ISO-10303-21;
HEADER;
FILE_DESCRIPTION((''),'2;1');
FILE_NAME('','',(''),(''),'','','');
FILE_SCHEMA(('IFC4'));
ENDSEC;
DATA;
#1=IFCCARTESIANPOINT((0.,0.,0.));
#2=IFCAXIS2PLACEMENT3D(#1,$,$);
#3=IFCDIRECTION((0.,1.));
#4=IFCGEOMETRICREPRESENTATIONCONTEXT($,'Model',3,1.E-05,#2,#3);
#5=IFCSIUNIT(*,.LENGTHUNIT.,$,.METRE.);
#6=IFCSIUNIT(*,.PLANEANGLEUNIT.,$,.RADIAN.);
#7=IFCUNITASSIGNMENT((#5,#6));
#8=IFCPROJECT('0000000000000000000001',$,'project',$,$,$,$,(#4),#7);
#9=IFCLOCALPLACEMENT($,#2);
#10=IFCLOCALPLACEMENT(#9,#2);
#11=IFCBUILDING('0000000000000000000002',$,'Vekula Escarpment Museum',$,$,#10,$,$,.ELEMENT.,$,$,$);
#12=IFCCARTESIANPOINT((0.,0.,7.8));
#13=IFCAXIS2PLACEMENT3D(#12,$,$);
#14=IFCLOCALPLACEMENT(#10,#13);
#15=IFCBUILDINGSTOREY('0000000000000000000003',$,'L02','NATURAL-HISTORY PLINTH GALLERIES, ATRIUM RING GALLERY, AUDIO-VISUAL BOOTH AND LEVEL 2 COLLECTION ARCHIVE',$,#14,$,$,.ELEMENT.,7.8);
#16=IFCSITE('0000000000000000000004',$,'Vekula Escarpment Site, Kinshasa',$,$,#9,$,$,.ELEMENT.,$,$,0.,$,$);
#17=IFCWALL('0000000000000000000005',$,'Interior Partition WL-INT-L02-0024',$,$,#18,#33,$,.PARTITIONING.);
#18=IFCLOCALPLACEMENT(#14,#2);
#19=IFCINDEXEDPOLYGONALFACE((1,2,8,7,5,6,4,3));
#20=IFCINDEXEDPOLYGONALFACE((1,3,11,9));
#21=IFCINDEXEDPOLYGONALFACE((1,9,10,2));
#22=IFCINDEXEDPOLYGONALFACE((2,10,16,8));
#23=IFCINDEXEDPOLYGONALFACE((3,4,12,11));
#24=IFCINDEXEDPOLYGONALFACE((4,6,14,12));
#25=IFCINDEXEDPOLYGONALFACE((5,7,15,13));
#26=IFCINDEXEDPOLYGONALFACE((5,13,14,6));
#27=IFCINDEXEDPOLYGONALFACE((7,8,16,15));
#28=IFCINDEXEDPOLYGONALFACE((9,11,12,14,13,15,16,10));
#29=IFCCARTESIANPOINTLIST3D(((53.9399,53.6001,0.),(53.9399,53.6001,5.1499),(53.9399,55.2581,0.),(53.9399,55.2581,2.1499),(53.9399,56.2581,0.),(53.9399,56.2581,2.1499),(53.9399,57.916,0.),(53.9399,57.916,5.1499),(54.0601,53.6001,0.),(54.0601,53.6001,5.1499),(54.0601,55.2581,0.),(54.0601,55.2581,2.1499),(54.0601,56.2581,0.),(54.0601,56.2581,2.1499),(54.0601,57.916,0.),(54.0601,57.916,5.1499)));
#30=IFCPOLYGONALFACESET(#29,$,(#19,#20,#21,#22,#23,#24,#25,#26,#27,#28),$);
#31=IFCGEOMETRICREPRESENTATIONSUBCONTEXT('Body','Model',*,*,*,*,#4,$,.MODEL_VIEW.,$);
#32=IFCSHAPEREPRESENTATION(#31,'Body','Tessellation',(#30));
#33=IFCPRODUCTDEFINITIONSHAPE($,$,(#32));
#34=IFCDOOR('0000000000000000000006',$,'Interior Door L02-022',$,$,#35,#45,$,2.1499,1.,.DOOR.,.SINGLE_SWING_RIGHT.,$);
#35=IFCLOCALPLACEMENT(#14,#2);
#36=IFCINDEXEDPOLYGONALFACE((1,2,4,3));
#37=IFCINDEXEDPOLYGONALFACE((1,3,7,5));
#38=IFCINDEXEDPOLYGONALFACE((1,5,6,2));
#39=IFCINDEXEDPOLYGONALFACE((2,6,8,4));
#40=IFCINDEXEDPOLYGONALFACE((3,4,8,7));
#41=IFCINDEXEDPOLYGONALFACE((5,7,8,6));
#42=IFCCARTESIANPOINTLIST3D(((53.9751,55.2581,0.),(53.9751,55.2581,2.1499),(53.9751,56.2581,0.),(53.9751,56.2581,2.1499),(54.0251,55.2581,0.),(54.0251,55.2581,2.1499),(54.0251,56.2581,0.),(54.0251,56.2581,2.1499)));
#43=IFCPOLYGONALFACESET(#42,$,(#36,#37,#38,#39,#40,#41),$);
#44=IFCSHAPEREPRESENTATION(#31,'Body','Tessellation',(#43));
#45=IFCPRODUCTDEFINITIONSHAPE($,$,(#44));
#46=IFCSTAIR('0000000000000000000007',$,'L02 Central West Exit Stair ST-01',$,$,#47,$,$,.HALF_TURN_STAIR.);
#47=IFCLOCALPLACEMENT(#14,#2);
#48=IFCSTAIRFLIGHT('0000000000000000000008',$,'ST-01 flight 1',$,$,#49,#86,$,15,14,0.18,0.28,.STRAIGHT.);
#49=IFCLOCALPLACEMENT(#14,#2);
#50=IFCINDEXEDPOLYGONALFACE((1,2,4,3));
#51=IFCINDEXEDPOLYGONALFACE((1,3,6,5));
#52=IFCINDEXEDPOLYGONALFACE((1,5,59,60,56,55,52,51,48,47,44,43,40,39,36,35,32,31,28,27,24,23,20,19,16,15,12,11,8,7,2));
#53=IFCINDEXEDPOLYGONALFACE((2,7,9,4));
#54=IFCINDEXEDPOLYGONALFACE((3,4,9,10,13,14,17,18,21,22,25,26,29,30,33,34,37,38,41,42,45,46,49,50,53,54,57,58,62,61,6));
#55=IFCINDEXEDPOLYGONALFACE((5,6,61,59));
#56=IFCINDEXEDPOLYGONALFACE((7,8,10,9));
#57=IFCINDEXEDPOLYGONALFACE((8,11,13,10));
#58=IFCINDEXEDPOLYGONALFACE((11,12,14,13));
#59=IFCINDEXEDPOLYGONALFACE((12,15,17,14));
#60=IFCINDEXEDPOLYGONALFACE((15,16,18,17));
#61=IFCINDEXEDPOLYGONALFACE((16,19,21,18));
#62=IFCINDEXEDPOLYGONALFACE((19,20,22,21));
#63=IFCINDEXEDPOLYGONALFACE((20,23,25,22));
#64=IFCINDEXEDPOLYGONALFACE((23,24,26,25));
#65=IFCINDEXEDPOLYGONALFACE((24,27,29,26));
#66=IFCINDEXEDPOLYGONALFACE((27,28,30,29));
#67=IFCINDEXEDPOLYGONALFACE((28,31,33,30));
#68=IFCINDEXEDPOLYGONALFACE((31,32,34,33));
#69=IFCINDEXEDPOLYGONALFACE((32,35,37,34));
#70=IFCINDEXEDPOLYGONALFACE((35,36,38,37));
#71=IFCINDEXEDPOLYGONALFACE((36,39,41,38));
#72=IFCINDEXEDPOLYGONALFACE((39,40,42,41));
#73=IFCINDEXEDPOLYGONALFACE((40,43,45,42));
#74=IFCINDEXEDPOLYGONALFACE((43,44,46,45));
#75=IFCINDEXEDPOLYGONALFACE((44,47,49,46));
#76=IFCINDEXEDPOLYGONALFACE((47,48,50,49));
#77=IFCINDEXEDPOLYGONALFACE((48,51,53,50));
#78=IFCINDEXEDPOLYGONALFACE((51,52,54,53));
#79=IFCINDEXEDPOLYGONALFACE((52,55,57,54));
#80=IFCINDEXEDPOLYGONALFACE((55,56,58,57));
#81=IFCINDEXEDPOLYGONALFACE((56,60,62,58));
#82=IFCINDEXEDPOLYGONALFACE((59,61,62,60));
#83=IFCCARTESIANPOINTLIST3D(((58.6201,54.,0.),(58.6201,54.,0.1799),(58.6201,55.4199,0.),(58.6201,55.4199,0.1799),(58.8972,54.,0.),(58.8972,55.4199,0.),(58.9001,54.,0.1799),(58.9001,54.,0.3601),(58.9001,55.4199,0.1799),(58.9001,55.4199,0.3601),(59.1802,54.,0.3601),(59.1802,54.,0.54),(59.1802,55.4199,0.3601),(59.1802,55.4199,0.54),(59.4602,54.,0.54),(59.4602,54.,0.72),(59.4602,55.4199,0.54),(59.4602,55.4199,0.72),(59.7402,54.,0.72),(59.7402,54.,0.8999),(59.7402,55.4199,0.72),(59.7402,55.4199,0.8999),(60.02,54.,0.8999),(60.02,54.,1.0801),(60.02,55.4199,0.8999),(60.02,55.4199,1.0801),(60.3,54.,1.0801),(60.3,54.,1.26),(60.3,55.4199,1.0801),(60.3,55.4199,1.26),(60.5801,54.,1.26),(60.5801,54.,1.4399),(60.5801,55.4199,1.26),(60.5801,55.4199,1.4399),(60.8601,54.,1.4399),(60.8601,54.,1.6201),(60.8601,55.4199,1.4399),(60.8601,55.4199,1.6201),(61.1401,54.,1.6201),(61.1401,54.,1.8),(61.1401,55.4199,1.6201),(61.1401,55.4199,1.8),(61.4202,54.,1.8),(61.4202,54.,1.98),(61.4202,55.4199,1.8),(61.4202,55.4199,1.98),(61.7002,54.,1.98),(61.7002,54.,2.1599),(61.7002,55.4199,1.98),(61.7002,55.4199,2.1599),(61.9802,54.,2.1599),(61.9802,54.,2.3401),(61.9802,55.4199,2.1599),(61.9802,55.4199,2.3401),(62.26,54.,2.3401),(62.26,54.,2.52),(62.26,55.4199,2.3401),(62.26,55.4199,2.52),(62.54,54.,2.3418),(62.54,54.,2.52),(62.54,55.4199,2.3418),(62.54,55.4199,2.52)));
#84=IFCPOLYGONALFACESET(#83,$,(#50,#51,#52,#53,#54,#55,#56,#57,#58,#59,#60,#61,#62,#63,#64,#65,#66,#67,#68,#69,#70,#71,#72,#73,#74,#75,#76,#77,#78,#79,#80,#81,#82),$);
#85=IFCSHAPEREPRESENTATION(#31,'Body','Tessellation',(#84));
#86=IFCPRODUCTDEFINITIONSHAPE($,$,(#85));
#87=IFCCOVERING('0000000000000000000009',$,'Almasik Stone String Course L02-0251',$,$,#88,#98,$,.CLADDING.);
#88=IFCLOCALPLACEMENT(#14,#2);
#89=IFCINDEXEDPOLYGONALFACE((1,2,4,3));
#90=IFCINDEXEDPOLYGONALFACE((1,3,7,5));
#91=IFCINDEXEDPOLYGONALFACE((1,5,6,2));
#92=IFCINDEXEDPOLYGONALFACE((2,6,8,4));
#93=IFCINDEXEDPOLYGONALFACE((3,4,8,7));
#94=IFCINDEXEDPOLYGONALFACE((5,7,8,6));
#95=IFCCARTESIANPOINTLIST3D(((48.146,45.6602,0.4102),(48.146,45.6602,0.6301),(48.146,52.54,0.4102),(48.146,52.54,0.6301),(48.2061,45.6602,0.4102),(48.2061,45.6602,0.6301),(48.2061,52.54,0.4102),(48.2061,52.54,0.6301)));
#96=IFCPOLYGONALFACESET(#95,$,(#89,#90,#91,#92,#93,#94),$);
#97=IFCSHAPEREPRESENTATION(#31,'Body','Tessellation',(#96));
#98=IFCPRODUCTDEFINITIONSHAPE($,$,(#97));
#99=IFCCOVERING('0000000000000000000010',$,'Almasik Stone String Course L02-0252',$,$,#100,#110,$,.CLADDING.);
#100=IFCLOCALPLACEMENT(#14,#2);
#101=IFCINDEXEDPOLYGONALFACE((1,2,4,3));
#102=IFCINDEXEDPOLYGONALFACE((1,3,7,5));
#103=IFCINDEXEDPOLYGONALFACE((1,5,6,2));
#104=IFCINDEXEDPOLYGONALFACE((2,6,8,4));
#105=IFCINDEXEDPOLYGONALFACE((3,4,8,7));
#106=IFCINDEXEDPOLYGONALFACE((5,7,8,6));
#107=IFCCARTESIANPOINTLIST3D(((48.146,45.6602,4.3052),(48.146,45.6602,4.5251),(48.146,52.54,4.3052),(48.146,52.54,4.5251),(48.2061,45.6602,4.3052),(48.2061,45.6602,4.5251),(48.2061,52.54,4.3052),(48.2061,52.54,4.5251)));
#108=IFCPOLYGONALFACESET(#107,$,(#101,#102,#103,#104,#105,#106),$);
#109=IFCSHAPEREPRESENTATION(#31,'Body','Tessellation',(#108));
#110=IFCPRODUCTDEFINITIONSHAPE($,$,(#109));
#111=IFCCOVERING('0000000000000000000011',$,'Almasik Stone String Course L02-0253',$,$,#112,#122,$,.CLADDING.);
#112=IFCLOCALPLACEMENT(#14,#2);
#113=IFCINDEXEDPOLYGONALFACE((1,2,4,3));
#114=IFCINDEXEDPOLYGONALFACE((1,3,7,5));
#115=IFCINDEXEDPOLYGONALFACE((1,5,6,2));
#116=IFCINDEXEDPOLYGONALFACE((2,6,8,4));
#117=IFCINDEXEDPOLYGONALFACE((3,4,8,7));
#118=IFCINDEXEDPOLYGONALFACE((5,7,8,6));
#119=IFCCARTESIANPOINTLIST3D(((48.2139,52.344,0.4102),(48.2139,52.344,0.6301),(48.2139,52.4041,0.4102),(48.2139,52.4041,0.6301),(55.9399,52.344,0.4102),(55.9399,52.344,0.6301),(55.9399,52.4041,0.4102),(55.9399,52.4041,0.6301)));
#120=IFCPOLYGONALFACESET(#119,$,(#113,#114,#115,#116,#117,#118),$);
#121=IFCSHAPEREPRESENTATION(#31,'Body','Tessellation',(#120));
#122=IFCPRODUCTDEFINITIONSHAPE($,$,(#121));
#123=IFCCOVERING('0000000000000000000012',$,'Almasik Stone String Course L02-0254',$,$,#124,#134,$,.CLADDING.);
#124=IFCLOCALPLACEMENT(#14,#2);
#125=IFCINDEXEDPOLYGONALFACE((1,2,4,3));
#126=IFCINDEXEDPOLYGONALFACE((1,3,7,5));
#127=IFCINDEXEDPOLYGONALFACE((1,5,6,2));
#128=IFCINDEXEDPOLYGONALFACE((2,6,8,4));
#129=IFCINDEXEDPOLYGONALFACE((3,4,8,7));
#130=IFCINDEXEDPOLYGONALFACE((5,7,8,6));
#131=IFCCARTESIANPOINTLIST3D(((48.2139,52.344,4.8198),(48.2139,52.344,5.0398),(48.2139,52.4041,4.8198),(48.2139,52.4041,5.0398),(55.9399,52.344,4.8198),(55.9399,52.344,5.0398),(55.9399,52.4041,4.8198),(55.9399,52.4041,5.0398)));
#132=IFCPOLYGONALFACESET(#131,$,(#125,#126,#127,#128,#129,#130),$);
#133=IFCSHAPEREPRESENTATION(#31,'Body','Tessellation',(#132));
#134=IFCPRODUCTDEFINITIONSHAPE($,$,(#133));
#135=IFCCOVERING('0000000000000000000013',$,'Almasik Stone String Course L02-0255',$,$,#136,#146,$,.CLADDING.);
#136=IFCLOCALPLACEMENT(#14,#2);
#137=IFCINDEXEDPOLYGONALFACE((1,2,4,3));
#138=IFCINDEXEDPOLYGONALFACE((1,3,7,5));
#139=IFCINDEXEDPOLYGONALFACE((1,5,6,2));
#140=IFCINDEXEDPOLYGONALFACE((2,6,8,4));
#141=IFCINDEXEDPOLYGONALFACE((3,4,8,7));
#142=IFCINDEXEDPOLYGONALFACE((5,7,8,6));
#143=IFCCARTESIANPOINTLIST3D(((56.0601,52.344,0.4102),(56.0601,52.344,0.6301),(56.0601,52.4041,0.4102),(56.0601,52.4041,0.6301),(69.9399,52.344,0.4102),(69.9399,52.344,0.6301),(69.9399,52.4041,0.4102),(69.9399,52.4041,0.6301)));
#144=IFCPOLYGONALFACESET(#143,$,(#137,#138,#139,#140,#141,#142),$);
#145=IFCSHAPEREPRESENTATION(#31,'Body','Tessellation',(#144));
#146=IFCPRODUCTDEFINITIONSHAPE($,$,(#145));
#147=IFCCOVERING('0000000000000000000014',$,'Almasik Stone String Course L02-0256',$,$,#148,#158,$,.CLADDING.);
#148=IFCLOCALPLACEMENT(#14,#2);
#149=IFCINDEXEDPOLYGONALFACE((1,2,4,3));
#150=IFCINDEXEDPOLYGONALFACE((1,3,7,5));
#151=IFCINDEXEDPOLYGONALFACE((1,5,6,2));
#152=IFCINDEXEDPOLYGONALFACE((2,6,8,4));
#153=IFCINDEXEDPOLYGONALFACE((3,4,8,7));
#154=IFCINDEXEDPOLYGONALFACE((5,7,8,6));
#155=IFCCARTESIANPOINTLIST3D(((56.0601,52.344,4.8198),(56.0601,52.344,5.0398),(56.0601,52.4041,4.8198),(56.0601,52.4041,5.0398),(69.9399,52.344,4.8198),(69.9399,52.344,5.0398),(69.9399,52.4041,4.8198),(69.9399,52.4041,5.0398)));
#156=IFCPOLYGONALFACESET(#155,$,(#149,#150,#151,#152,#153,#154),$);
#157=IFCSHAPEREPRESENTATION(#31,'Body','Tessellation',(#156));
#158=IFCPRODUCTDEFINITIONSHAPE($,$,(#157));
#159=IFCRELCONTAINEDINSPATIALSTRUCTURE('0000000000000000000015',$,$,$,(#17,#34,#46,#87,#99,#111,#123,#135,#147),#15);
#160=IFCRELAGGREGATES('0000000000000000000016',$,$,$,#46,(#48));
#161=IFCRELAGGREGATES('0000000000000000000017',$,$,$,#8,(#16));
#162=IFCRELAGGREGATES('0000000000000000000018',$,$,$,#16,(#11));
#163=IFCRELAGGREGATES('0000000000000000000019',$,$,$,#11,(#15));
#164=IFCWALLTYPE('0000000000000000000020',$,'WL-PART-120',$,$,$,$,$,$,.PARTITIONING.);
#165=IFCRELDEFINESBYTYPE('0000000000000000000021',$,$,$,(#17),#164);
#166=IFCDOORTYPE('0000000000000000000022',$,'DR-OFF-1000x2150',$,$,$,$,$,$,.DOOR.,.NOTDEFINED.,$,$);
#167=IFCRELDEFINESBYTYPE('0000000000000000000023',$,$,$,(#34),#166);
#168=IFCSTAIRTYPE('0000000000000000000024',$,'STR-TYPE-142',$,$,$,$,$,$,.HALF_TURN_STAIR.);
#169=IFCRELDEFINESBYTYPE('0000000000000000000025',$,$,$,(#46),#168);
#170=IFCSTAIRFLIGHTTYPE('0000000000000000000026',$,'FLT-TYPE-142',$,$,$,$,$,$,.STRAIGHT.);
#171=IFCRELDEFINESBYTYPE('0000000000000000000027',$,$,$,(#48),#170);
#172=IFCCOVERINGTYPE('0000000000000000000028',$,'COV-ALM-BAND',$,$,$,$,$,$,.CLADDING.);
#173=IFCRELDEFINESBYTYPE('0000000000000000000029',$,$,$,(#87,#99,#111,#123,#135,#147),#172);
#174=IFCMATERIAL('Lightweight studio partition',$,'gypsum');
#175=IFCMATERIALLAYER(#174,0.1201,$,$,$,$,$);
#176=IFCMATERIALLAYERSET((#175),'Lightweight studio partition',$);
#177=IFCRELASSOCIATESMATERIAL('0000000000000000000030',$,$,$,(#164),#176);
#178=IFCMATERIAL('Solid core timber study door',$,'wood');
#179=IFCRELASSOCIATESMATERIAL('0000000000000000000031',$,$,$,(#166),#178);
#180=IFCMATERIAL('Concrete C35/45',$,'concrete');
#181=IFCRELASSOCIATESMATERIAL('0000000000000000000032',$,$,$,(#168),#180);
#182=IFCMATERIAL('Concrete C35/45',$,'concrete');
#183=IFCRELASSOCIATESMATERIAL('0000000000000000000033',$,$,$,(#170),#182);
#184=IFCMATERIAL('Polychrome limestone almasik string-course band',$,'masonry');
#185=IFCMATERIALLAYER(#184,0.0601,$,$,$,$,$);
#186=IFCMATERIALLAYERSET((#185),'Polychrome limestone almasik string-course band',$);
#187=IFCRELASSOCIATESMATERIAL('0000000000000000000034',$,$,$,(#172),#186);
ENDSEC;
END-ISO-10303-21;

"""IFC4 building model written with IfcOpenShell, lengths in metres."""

from ifc_helpers import new_model, si_unit, direction, frame, frame_2d, origin, origin_2d, place, context, subcontext, project, spatial, polyline, rectangle, outline, extrude, material, layer, layer_set, type_object, element, fill, aggregate, save


model = new_model("IFC4")

# Units and contexts
model_context = context("Model", 3, precision=1e-05, world=origin(), true_north=direction((0.0, 1.0)))
body_context = subcontext(model_context, "Body", "Model", "MODEL_VIEW")
ifc_project = project(units=[si_unit("LENGTHUNIT", "METRE"), si_unit("PLANEANGLEUNIT", "RADIAN")], contexts=[model_context])

# Site, building, storey
site_placement = place(None, origin())
site = spatial("IfcSite", under=ifc_project, at=site_placement, Name="Vekula Escarpment Site, Kinshasa", CompositionType="ELEMENT", RefElevation=0.0)
building_placement = place(site_placement, origin())
building = spatial("IfcBuilding", under=site, at=building_placement, Name="Vekula Escarpment Museum", CompositionType="ELEMENT")
storey_placement = place(building_placement, frame((0.0, 0.0, 7.8)))
storey = spatial("IfcBuildingStorey", under=building, at=storey_placement, Name="L02", Description="NATURAL-HISTORY PLINTH GALLERIES, ATRIUM RING GALLERY, AUDIO-VISUAL BOOTH AND LEVEL 2 COLLECTION ARCHIVE", CompositionType="ELEMENT", Elevation=7.8)

# Wall, opening, door
ifc_material_1 = material(Name="Lightweight studio partition", Category="gypsum")
ifc_layer_1 = layer(ifc_material_1, 0.1201)
ifc_layer_set_1 = layer_set([ifc_layer_1], Name="Lightweight studio partition")
wall_type_1 = type_object("IfcWallType", Name="WL-PART-120", PredefinedType="PARTITIONING", material=ifc_layer_set_1)
wall_1_placement = place(storey_placement, frame((54.0, 53.6001, 0.0), z_axis=(0.0, 0.0, 1.0), x_axis=(0.0, 1.0, 0.0)))
wall_1 = element("IfcWall", 1, at=wall_1_placement, inside=storey, type_object=wall_type_1, Name="Interior Partition WL-INT-L02-0024", PredefinedType="PARTITIONING", context=body_context, shape_type="SweptSolid", body=[
    extrude(rectangle(XDim=4.3159, YDim=0.1201, at=frame_2d((2.158, 0.0))), origin(), (0.0, 0.0, 1.0), 5.1499),
])
opening_1_placement = place(wall_1_placement, frame((1.658, 0.0, 0.0)))
opening_1 = element("IfcOpeningElement", 2, at=opening_1_placement, cuts=wall_1, PredefinedType="OPENING", context=body_context, shape_type="SweptSolid", body=[
    extrude(rectangle(XDim=1.0, YDim=2.1499, at=frame_2d((0.5, 1.075))), frame((0.0, 0.0701, 0.0), z_axis=(0.0, -1.0, 0.0), x_axis=(1.0, 0.0, 0.0)), (0.0, 0.0, 1.0), 0.1401),
])
ifc_material_2 = material(Name="Solid core timber study door", Category="wood")
door_type_1 = type_object("IfcDoorType", Name="DR-OFF-1000x2150", OperationType="NOTDEFINED", PredefinedType="DOOR", material=ifc_material_2)
door_1_placement = place(opening_1_placement, origin())
door_1 = element("IfcDoor", 3, at=door_1_placement, inside=storey, type_object=door_type_1, Name="Interior Door L02-022", OperationType="SINGLE_SWING_RIGHT", OverallHeight=2.1499, OverallWidth=1.0, PredefinedType="DOOR", context=body_context, shape_type="SweptSolid", body=[
    extrude(rectangle(XDim=1.0, YDim=2.1499, at=frame_2d((0.5, 1.075))), frame((0.0, 0.0249, 0.0), z_axis=(0.0, -1.0, 0.0), x_axis=(1.0, 0.0, 0.0)), (0.0, 0.0, 1.0), 0.05),
])
fill(opening_1, door_1)

# Stair, stair flight
ifc_material_3 = material(Name="Concrete C35/45", Category="concrete")
stair_type = type_object("IfcStairType", Name="STR-TYPE-142", PredefinedType="HALF_TURN_STAIR", material=ifc_material_3)
stair_placement = place(storey_placement, origin())
stair = element("IfcStair", 4, at=stair_placement, inside=storey, type_object=stair_type, Name="L02 Central West Exit Stair ST-01", PredefinedType="HALF_TURN_STAIR")
ifc_material_4 = material(Name="Concrete C35/45", Category="concrete")
stair_flight_type = type_object("IfcStairFlightType", Name="FLT-TYPE-142", PredefinedType="STRAIGHT", material=ifc_material_4)
stair_flight_placement = place(storey_placement, frame((58.6201, 54.71, 0.0), z_axis=(0.0, 0.0, 1.0), x_axis=(1.0, 0.0, 0.0)))
stair_flight = element("IfcStairFlight", 5, at=stair_flight_placement, type_object=stair_flight_type, Name="ST-01 flight 1", NumberOfRisers=15, NumberOfTreads=14, PredefinedType="STRAIGHT", RiserHeight=0.18, TreadLength=0.28, context=body_context, shape_type="SweptSolid", body=[
    extrude(outline(polyline([(0.0, 0.0), (0.0, 0.1799), (0.28, 0.1799), (0.28, 0.3601), (0.5601, 0.3601), (0.5601, 0.54), (0.8401, 0.54), (0.8401, 0.72), (1.1201, 0.72), (1.1201, 0.8999), (1.3999, 0.8999), (1.3999, 1.0801), (1.6799, 1.0801), (1.6799, 1.26), (1.96, 1.26), (1.96, 1.4399), (2.24, 1.4399), (2.24, 1.6201), (2.52, 1.6201), (2.52, 1.8), (2.8, 1.8), (2.8, 1.98), (3.0801, 1.98), (3.0801, 2.1599), (3.3601, 2.1599), (3.3601, 2.3401), (3.6399, 2.3401), (3.6399, 2.52), (3.9199, 2.52), (3.9199, 2.7), (3.9199, 2.3418), (0.2771, 0.0), (0.0, 0.0)])), frame((0.0, 0.71, 0.0), z_axis=(0.0, -1.0, 0.0), x_axis=(1.0, 0.0, 0.0)), (0.0, 0.0, 1.0), 1.4199),
])
aggregate(stair, [stair_flight])

# Coverings
ifc_material_5 = material(Name="Polychrome limestone almasik string-course band", Category="masonry")
ifc_layer_2 = layer(ifc_material_5, 0.0601)
ifc_layer_set_2 = layer_set([ifc_layer_2], Name="Polychrome limestone almasik string-course band")
covering_type = type_object("IfcCoveringType", Name="COV-ALM-BAND", PredefinedType="CLADDING", material=ifc_layer_set_2)
for number, where, z_axis, x_axis, name in (
    (6, (48.176, 49.1001, 0.4102), (0.0, 0.0, 1.0), (0.0, 1.0, 0.0), "Almasik Stone String Course L02-0251"),
    (7, (48.176, 49.1001, 4.3052), (0.0, 0.0, 1.0), (0.0, 1.0, 0.0), "Almasik Stone String Course L02-0252"),
):
    element("IfcCovering", number, at=place(storey_placement, frame(where, z_axis=z_axis, x_axis=x_axis)), inside=storey, type_object=covering_type, Name=name, PredefinedType="CLADDING", context=body_context, shape_type="SweptSolid", body=[
        extrude(rectangle(XDim=6.8799, YDim=0.0601, at=origin_2d()), origin(), (0.0, 0.0, 1.0), 0.22),
    ])
for number, where, z_axis, x_axis, name in (
    (8, (52.0769, 52.374, 0.4102), (0.0, 0.0, 1.0), (1.0, 0.0, 0.0), "Almasik Stone String Course L02-0253"),
    (9, (52.0769, 52.374, 4.8198), (0.0, 0.0, 1.0), (1.0, 0.0, 0.0), "Almasik Stone String Course L02-0254"),
):
    element("IfcCovering", number, at=place(storey_placement, frame(where, z_axis=z_axis, x_axis=x_axis)), inside=storey, type_object=covering_type, Name=name, PredefinedType="CLADDING", context=body_context, shape_type="SweptSolid", body=[
        extrude(rectangle(XDim=7.7261, YDim=0.0601, at=origin_2d()), origin(), (0.0, 0.0, 1.0), 0.22),
    ])
for number, where, z_axis, x_axis, name in (
    (10, (63.0, 52.374, 0.4102), (0.0, 0.0, 1.0), (1.0, 0.0, 0.0), "Almasik Stone String Course L02-0255"),
    (11, (63.0, 52.374, 4.8198), (0.0, 0.0, 1.0), (1.0, 0.0, 0.0), "Almasik Stone String Course L02-0256"),
):
    element("IfcCovering", number, at=place(storey_placement, frame(where, z_axis=z_axis, x_axis=x_axis)), inside=storey, type_object=covering_type, Name=name, PredefinedType="CLADDING", context=body_context, shape_type="SweptSolid", body=[
        extrude(rectangle(XDim=13.8799, YDim=0.0601, at=origin_2d()), origin(), (0.0, 0.0, 1.0), 0.22),
    ])

save(model, "model.ifc")
